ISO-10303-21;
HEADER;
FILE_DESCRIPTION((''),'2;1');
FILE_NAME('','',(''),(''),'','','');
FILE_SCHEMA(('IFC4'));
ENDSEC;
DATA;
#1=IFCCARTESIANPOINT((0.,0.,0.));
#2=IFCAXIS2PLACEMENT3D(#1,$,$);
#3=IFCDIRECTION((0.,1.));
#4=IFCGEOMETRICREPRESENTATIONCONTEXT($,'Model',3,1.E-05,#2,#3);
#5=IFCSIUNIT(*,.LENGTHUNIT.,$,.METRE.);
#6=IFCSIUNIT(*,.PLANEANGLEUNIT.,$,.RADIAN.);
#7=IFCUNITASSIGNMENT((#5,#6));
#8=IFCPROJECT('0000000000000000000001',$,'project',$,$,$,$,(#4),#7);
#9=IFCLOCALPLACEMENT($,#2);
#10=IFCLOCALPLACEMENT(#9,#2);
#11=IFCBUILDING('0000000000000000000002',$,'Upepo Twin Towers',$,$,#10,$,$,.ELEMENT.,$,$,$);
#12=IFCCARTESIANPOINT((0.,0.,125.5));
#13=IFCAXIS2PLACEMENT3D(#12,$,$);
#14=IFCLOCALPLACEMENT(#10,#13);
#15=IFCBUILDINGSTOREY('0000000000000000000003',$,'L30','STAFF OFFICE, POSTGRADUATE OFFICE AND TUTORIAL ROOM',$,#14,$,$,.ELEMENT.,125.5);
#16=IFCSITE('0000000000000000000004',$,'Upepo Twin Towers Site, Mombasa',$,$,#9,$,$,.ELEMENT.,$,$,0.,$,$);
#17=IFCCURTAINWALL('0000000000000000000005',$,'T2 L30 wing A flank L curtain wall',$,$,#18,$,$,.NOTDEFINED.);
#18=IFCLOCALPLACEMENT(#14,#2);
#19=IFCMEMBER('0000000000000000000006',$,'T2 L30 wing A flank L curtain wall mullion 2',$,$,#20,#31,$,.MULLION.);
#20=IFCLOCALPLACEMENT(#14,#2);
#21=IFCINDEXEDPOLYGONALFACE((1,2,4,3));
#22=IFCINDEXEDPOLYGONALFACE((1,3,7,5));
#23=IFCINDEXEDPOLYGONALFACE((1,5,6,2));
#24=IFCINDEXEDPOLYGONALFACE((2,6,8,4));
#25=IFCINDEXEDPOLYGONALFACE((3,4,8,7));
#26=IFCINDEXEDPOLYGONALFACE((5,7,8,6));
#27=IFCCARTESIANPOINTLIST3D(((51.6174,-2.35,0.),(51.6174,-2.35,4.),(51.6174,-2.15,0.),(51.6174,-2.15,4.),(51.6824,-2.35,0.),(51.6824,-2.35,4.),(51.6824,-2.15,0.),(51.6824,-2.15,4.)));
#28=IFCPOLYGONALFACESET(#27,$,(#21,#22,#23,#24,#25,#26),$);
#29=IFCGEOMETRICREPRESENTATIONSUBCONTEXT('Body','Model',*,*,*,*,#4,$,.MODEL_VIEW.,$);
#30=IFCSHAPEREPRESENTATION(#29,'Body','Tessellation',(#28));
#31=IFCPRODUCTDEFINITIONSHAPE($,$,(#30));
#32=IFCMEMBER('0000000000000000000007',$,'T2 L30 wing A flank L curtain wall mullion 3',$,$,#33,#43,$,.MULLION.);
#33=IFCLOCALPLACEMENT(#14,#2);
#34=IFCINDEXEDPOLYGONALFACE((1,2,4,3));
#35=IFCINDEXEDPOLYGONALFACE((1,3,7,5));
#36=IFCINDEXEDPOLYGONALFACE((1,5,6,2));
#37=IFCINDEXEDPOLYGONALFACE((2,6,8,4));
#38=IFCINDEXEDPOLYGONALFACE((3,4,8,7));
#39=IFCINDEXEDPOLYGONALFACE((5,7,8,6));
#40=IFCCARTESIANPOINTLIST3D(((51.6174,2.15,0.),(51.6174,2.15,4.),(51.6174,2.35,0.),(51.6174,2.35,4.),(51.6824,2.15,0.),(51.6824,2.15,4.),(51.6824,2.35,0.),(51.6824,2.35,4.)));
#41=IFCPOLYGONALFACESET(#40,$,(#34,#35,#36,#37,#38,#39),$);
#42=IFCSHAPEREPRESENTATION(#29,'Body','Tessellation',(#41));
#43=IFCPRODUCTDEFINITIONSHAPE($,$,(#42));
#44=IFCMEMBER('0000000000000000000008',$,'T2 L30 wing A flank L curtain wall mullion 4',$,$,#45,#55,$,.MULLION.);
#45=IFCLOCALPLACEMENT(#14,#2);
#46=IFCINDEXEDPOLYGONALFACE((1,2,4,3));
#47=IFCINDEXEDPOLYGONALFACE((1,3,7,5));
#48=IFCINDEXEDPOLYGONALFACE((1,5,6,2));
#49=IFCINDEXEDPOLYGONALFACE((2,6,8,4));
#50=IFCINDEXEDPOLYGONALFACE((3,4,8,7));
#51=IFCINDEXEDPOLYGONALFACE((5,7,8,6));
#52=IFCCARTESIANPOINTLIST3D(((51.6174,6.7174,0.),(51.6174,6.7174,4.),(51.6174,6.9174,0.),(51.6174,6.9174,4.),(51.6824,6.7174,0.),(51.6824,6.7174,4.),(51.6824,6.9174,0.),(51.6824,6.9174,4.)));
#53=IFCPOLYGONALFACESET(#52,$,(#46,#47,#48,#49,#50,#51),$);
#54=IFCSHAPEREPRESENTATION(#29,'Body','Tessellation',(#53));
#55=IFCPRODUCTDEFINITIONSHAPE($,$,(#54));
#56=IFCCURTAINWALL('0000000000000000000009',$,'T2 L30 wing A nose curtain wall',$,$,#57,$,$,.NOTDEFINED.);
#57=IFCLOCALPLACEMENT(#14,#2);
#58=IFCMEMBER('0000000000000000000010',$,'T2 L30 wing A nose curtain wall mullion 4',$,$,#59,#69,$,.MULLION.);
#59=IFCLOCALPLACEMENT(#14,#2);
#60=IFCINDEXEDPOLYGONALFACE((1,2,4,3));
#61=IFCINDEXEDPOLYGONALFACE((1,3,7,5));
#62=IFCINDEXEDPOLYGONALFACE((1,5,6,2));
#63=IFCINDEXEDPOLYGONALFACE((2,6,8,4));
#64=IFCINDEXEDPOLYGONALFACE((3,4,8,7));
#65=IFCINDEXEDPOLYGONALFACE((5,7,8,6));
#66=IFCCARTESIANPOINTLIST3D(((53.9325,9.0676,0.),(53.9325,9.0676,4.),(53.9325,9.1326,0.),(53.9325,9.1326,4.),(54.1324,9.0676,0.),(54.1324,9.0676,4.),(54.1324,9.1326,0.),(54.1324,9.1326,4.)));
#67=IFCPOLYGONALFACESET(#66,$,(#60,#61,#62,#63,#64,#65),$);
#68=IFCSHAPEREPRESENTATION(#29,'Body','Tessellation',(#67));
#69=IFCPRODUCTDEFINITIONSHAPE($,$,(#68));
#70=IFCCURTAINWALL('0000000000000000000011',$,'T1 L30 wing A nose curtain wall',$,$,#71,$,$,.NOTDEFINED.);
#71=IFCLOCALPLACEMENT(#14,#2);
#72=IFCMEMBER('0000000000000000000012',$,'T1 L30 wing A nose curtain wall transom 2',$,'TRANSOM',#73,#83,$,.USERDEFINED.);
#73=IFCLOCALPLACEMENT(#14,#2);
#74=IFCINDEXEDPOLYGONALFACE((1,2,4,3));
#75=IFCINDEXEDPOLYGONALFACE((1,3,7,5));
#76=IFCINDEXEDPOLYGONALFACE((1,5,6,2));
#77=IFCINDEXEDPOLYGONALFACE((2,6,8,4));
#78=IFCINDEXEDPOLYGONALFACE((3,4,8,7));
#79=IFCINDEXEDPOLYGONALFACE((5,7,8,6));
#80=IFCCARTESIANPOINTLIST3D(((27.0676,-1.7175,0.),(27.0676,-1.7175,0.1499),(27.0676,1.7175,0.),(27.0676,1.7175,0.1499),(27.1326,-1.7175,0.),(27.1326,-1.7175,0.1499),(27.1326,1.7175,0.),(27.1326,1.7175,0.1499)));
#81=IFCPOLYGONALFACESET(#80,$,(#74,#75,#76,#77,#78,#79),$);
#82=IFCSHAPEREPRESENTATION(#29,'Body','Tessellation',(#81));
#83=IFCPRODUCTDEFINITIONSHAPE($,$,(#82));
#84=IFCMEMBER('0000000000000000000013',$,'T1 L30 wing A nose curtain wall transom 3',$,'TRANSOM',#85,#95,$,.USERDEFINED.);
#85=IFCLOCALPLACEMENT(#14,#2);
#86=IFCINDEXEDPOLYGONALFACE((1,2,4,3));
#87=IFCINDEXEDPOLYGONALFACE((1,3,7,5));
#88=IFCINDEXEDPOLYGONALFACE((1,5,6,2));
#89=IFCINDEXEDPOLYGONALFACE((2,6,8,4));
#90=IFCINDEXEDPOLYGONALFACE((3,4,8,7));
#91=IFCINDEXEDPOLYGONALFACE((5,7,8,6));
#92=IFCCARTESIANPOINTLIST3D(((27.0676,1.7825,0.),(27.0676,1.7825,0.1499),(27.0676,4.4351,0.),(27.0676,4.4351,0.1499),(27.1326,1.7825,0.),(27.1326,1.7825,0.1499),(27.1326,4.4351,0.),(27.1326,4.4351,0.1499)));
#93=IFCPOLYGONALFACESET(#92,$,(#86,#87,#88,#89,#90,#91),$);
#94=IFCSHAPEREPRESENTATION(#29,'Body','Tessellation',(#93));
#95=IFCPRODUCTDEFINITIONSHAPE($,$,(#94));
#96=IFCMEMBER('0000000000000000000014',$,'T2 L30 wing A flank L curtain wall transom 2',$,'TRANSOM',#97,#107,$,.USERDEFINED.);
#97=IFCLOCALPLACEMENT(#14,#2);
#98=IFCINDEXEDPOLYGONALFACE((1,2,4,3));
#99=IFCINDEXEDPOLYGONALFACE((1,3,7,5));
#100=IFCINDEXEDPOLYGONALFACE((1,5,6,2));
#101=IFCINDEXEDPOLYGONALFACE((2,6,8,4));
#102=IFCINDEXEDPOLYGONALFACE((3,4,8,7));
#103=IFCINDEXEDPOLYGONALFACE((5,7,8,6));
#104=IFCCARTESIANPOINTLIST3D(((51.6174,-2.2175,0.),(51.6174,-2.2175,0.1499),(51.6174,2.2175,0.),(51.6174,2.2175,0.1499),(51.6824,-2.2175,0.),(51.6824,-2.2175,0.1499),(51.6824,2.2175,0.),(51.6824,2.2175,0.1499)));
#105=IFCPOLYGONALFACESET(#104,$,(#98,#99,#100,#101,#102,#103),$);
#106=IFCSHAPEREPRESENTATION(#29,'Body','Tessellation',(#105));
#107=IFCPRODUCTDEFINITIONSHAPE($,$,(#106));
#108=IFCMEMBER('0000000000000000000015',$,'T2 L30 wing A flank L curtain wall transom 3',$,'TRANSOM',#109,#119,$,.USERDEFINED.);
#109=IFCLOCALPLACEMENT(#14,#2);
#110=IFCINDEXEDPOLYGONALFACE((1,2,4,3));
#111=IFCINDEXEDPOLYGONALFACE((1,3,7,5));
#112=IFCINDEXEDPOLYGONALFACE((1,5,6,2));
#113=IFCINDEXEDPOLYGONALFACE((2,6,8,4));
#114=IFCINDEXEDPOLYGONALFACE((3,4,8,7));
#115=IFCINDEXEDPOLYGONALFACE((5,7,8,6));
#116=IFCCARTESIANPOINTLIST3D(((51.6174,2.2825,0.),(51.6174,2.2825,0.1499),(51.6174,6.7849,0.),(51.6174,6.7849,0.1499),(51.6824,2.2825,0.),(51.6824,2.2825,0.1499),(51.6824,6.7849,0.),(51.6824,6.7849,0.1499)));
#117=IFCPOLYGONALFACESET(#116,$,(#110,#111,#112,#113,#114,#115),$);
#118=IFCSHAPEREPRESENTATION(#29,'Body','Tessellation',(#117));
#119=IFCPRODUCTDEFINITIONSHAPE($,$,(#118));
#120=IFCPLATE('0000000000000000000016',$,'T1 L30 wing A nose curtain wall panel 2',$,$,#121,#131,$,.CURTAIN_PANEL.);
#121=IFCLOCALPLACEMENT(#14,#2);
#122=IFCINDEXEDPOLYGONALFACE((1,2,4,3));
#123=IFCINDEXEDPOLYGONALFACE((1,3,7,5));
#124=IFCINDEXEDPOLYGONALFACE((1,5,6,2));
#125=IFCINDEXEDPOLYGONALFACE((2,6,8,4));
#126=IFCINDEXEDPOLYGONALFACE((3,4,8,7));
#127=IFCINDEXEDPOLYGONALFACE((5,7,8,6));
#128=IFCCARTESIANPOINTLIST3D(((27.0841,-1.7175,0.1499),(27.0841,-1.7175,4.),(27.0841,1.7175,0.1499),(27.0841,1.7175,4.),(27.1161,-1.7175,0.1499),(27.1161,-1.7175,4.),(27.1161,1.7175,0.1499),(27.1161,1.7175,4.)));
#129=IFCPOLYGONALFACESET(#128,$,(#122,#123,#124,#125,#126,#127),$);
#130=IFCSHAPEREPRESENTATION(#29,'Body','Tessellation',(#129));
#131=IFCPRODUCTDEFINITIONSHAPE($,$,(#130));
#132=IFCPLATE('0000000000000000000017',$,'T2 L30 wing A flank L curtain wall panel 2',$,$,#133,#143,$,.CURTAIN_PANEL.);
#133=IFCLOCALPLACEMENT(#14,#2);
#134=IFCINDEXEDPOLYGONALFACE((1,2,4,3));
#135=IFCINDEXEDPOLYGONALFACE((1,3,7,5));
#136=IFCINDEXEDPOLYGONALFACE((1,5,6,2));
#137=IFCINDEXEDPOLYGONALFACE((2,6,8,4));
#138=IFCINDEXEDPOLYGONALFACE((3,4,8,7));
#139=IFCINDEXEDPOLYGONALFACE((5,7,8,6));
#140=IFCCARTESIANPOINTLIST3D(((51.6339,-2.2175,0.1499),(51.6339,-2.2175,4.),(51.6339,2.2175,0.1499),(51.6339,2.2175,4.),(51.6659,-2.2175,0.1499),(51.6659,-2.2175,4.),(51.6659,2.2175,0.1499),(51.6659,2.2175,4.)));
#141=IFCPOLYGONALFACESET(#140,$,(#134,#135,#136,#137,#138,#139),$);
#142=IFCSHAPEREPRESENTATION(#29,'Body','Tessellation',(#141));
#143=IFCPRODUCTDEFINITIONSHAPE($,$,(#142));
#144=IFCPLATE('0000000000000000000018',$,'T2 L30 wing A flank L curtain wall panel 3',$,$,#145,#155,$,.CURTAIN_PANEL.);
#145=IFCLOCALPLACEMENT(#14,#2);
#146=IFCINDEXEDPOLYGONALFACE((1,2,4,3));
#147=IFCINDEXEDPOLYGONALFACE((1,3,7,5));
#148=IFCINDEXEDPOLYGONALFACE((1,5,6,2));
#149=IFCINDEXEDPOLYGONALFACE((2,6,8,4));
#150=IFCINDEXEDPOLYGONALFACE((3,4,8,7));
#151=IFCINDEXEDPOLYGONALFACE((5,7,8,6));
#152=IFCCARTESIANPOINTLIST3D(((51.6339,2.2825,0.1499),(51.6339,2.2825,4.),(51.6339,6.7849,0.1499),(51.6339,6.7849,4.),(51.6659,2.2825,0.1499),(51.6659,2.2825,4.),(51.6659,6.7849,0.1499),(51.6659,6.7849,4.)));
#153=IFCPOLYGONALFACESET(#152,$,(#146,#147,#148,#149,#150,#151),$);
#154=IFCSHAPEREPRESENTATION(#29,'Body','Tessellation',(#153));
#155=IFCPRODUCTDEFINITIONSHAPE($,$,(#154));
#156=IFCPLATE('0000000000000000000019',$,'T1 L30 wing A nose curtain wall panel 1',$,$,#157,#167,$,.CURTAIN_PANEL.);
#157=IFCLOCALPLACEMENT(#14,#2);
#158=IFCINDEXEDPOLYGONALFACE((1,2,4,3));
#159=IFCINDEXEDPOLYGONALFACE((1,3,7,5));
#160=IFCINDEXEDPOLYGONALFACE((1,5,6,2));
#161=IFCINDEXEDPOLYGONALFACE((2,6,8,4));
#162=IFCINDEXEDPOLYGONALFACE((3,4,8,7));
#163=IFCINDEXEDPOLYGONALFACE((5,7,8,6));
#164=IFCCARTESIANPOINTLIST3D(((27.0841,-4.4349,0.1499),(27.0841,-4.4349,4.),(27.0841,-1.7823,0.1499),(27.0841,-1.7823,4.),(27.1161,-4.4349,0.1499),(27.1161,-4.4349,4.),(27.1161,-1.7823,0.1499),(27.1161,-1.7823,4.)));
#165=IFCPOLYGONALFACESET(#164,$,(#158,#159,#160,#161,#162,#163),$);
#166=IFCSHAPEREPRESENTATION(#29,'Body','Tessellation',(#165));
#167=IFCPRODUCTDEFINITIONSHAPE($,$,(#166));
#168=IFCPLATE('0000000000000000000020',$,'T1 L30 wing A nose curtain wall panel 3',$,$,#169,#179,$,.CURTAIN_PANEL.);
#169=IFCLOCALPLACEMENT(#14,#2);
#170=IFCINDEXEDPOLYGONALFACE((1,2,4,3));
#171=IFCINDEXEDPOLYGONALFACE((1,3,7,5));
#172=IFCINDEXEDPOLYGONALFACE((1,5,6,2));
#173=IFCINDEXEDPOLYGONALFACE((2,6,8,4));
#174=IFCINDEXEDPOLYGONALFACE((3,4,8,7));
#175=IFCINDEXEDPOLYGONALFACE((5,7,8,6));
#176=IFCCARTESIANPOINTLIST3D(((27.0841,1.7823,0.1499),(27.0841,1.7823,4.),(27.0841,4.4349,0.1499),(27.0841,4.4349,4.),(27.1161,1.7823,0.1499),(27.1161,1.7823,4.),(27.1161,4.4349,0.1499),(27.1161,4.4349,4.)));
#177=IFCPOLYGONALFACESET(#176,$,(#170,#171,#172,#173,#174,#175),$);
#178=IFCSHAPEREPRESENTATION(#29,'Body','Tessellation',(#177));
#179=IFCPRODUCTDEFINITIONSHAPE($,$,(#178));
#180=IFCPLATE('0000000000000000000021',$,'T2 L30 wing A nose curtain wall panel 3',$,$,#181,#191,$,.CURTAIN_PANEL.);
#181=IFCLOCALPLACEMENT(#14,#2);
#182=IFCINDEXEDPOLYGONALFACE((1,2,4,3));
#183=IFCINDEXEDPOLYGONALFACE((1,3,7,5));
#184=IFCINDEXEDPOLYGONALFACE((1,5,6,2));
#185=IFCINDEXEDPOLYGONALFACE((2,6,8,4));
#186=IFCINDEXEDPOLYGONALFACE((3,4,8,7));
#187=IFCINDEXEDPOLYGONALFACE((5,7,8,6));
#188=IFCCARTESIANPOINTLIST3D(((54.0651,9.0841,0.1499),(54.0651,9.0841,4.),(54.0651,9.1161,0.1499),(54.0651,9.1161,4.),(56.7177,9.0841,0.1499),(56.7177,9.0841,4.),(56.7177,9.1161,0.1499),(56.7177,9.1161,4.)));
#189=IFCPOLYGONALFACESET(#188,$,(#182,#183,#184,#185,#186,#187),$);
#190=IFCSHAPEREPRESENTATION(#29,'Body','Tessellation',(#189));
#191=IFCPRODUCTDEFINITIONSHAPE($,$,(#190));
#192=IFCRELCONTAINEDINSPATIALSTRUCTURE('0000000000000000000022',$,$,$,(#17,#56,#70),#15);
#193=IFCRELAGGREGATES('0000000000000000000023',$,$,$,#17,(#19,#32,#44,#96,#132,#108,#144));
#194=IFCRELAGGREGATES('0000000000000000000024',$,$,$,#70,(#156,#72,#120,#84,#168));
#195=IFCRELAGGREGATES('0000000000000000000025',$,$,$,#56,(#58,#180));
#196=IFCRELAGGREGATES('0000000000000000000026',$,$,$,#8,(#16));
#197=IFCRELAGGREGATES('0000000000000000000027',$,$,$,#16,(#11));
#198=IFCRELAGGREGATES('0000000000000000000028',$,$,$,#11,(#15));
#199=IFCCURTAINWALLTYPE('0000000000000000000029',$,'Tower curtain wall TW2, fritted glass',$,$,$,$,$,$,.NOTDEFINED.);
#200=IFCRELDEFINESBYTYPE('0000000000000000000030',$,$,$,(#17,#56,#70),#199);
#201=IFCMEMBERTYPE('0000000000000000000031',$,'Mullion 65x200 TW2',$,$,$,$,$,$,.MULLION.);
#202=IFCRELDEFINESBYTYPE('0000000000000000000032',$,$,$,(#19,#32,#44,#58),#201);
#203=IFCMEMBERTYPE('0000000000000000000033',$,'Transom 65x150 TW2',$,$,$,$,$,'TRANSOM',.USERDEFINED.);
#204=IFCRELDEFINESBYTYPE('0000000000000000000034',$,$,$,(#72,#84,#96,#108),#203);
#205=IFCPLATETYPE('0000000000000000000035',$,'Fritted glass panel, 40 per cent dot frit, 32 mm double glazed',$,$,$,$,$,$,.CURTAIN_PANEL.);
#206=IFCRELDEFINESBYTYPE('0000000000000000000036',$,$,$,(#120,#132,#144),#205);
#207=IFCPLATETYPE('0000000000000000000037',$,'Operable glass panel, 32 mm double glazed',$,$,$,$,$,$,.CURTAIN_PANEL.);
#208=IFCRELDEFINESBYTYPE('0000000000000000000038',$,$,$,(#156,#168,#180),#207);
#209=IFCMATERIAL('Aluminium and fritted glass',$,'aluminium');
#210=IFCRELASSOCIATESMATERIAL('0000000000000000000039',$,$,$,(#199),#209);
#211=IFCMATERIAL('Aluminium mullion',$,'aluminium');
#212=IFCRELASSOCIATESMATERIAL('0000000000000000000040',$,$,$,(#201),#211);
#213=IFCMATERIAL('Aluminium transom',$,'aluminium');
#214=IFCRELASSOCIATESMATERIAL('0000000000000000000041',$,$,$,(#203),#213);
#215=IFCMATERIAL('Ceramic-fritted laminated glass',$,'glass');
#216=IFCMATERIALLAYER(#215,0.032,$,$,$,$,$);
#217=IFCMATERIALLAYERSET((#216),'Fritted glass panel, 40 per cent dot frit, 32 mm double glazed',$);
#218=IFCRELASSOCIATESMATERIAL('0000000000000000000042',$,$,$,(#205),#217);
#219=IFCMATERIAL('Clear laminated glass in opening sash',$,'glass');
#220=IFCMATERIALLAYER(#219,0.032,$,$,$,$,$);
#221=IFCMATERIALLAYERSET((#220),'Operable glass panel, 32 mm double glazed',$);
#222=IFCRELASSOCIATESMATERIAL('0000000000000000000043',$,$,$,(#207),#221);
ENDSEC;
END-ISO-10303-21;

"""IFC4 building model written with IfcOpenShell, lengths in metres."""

from ifc_helpers import new_model, si_unit, direction, frame, origin, origin_2d, place, context, subcontext, project, spatial, rectangle, extrude, material, layer, layer_set, material_profile, profile_set, type_object, element, aggregate, save


model = new_model("IFC4")

# Units and contexts
model_context = context("Model", 3, precision=1e-05, world=origin(), true_north=direction((0.0, 1.0)))
body_context = subcontext(model_context, "Body", "Model", "MODEL_VIEW")
ifc_project = project(units=[si_unit("LENGTHUNIT", "METRE"), si_unit("PLANEANGLEUNIT", "RADIAN")], contexts=[model_context])

# Site, building, storey
site_placement = place(None, origin())
site = spatial("IfcSite", under=ifc_project, at=site_placement, Name="Upepo Twin Towers Site, Mombasa", CompositionType="ELEMENT", RefElevation=0.0)
building_placement = place(site_placement, origin())
building = spatial("IfcBuilding", under=site, at=building_placement, Name="Upepo Twin Towers", CompositionType="ELEMENT")
storey_placement = place(building_placement, frame((0.0, 0.0, 125.5)))
storey = spatial("IfcBuildingStorey", under=building, at=storey_placement, Name="L30", Description="STAFF OFFICE, POSTGRADUATE OFFICE AND TUTORIAL ROOM", CompositionType="ELEMENT", Elevation=125.5)

# Curtain wall, members
ifc_material_1 = material(Name="Aluminium and fritted glass", Category="aluminium")
curtain_wall_type = type_object("IfcCurtainWallType", Name="Tower curtain wall TW2, fritted glass", PredefinedType="NOTDEFINED", material=ifc_material_1)
curtain_wall_1_placement = place(storey_placement, origin())
curtain_wall_1 = element("IfcCurtainWall", 1, at=curtain_wall_1_placement, inside=storey, type_object=curtain_wall_type, Name="T2 L30 wing A flank L curtain wall", PredefinedType="NOTDEFINED")
ifc_material_2 = material(Name="Aluminium mullion", Category="aluminium")
ifc_material_profile_1 = material_profile(ifc_material_2, rectangle(XDim=0.0649, YDim=0.2, at=origin_2d()), Name="MULLION 65x200")
ifc_profile_set_1 = profile_set([ifc_material_profile_1], Name="Aluminium mullion")
member_type_1 = type_object("IfcMemberType", Name="Mullion 65x200 TW2", PredefinedType="MULLION", material=ifc_profile_set_1)
member_1_placement = place(storey_placement, frame((51.6499, -2.25, 0.0), z_axis=(0.0, 0.0, 1.0), x_axis=(-1.0, 0.0, 0.0)))
member_1 = element("IfcMember", 2, at=member_1_placement, type_object=member_type_1, Name="T2 L30 wing A flank L curtain wall mullion 2", PredefinedType="MULLION", context=body_context, shape_type="SweptSolid", body=[
    extrude(rectangle(XDim=0.0649, YDim=0.2, at=origin_2d()), origin(), (0.0, 0.0, 1.0), 4.0),
])
member_2_placement = place(storey_placement, frame((51.6499, 2.25, 0.0), z_axis=(0.0, 0.0, 1.0), x_axis=(-1.0, 0.0, 0.0)))
member_2 = element("IfcMember", 3, at=member_2_placement, type_object=member_type_1, Name="T2 L30 wing A flank L curtain wall mullion 3", PredefinedType="MULLION", context=body_context, shape_type="SweptSolid", body=[
    extrude(rectangle(XDim=0.0649, YDim=0.2, at=origin_2d()), origin(), (0.0, 0.0, 1.0), 4.0),
])
member_3_placement = place(storey_placement, frame((51.6499, 6.8174, 0.0), z_axis=(0.0, 0.0, 1.0), x_axis=(-1.0, 0.0, 0.0)))
member_3 = element("IfcMember", 4, at=member_3_placement, type_object=member_type_1, Name="T2 L30 wing A flank L curtain wall mullion 4", PredefinedType="MULLION", context=body_context, shape_type="SweptSolid", body=[
    extrude(rectangle(XDim=0.0649, YDim=0.2, at=origin_2d()), origin(), (0.0, 0.0, 1.0), 4.0),
])

# Curtain wall, member
curtain_wall_2_placement = place(storey_placement, origin())
curtain_wall_2 = element("IfcCurtainWall", 5, at=curtain_wall_2_placement, inside=storey, type_object=curtain_wall_type, Name="T2 L30 wing A nose curtain wall", PredefinedType="NOTDEFINED")
member_4_placement = place(storey_placement, frame((54.0325, 9.1001, 0.0), z_axis=(0.0, 0.0, 1.0), x_axis=(0.0, -1.0, 0.0)))
member_4 = element("IfcMember", 6, at=member_4_placement, type_object=member_type_1, Name="T2 L30 wing A nose curtain wall mullion 4", PredefinedType="MULLION", context=body_context, shape_type="SweptSolid", body=[
    extrude(rectangle(XDim=0.0649, YDim=0.2, at=origin_2d()), origin(), (0.0, 0.0, 1.0), 4.0),
])

# Curtain wall, members
curtain_wall_3_placement = place(storey_placement, origin())
curtain_wall_3 = element("IfcCurtainWall", 7, at=curtain_wall_3_placement, inside=storey, type_object=curtain_wall_type, Name="T1 L30 wing A nose curtain wall", PredefinedType="NOTDEFINED")
ifc_material_3 = material(Name="Aluminium transom", Category="aluminium")
ifc_material_profile_2 = material_profile(ifc_material_3, rectangle(XDim=0.0649, YDim=0.1499, at=origin_2d()), Name="TRANSOM 65x150")
ifc_profile_set_2 = profile_set([ifc_material_profile_2], Name="Aluminium transom")
member_type_2 = type_object("IfcMemberType", Name="Transom 65x150 TW2", ElementType="TRANSOM", PredefinedType="USERDEFINED", material=ifc_profile_set_2)
member_5_placement = place(storey_placement, frame((27.1001, -1.7175, 0.075), z_axis=(0.0, 1.0, 0.0), x_axis=(-1.0, 0.0, 0.0)))
member_5 = element("IfcMember", 8, at=member_5_placement, type_object=member_type_2, Name="T1 L30 wing A nose curtain wall transom 2", ObjectType="TRANSOM", PredefinedType="USERDEFINED", context=body_context, shape_type="SweptSolid", body=[
    extrude(rectangle(XDim=0.0649, YDim=0.1499, at=origin_2d()), origin(), (0.0, 0.0, 1.0), 3.4351),
])
member_6_placement = place(storey_placement, frame((27.1001, 1.7825, 0.075), z_axis=(0.0, 1.0, 0.0), x_axis=(-1.0, 0.0, 0.0)))
member_6 = element("IfcMember", 9, at=member_6_placement, type_object=member_type_2, Name="T1 L30 wing A nose curtain wall transom 3", ObjectType="TRANSOM", PredefinedType="USERDEFINED", context=body_context, shape_type="SweptSolid", body=[
    extrude(rectangle(XDim=0.0649, YDim=0.1499, at=origin_2d()), origin(), (0.0, 0.0, 1.0), 2.6526),
])

# Members
member_7_placement = place(storey_placement, frame((51.6499, -2.2175, 0.075), z_axis=(0.0, 1.0, 0.0), x_axis=(-1.0, 0.0, 0.0)))
member_7 = element("IfcMember", 10, at=member_7_placement, type_object=member_type_2, Name="T2 L30 wing A flank L curtain wall transom 2", ObjectType="TRANSOM", PredefinedType="USERDEFINED", context=body_context, shape_type="SweptSolid", body=[
    extrude(rectangle(XDim=0.0649, YDim=0.1499, at=origin_2d()), origin(), (0.0, 0.0, 1.0), 4.4351),
])
member_8_placement = place(storey_placement, frame((51.6499, 2.2825, 0.075), z_axis=(0.0, 1.0, 0.0), x_axis=(-1.0, 0.0, 0.0)))
member_8 = element("IfcMember", 11, at=member_8_placement, type_object=member_type_2, Name="T2 L30 wing A flank L curtain wall transom 3", ObjectType="TRANSOM", PredefinedType="USERDEFINED", context=body_context, shape_type="SweptSolid", body=[
    extrude(rectangle(XDim=0.0649, YDim=0.1499, at=origin_2d()), origin(), (0.0, 0.0, 1.0), 4.5024),
])

# Plates
ifc_material_4 = material(Name="Ceramic-fritted laminated glass", Category="glass")
ifc_layer_1 = layer(ifc_material_4, 0.032)
ifc_layer_set_1 = layer_set([ifc_layer_1], Name="Fritted glass panel, 40 per cent dot frit, 32 mm double glazed")
plate_type_1 = type_object("IfcPlateType", Name="Fritted glass panel, 40 per cent dot frit, 32 mm double glazed", PredefinedType="CURTAIN_PANEL", material=ifc_layer_set_1)
plate_1_placement = place(storey_placement, frame((27.1001, 0.0, 0.1499), z_axis=(0.0, 0.0, 1.0), x_axis=(0.0, 1.0, 0.0)))
plate_1 = element("IfcPlate", 12, at=plate_1_placement, type_object=plate_type_1, Name="T1 L30 wing A nose curtain wall panel 2", PredefinedType="CURTAIN_PANEL", context=body_context, shape_type="SweptSolid", body=[
    extrude(rectangle(XDim=3.4351, YDim=0.032, at=origin_2d()), origin(), (0.0, 0.0, 1.0), 3.8501),
])
plate_2_placement = place(storey_placement, frame((51.6499, 0.0, 0.1499), z_axis=(0.0, 0.0, 1.0), x_axis=(0.0, 1.0, 0.0)))
plate_2 = element("IfcPlate", 13, at=plate_2_placement, type_object=plate_type_1, Name="T2 L30 wing A flank L curtain wall panel 2", PredefinedType="CURTAIN_PANEL", context=body_context, shape_type="SweptSolid", body=[
    extrude(rectangle(XDim=4.4351, YDim=0.032, at=origin_2d()), origin(), (0.0, 0.0, 1.0), 3.8501),
])
plate_3_placement = place(storey_placement, frame((51.6499, 4.5337, 0.1499), z_axis=(0.0, 0.0, 1.0), x_axis=(0.0, 1.0, 0.0)))
plate_3 = element("IfcPlate", 14, at=plate_3_placement, type_object=plate_type_1, Name="T2 L30 wing A flank L curtain wall panel 3", PredefinedType="CURTAIN_PANEL", context=body_context, shape_type="SweptSolid", body=[
    extrude(rectangle(XDim=4.5024, YDim=0.032, at=origin_2d()), origin(), (0.0, 0.0, 1.0), 3.8501),
])
aggregate(curtain_wall_1, [member_1, member_2, member_3, member_7, plate_2, member_8, plate_3])
ifc_material_5 = material(Name="Clear laminated glass in opening sash", Category="glass")
ifc_layer_2 = layer(ifc_material_5, 0.032)
ifc_layer_set_2 = layer_set([ifc_layer_2], Name="Operable glass panel, 32 mm double glazed")
plate_type_2 = type_object("IfcPlateType", Name="Operable glass panel, 32 mm double glazed", PredefinedType="CURTAIN_PANEL", material=ifc_layer_set_2)
plate_4_placement = place(storey_placement, frame((27.1001, -3.1086, 0.1499), z_axis=(0.0, 0.0, 1.0), x_axis=(0.0, 1.0, 0.0)))
plate_4 = element("IfcPlate", 15, at=plate_4_placement, type_object=plate_type_2, Name="T1 L30 wing A nose curtain wall panel 1", PredefinedType="CURTAIN_PANEL", context=body_context, shape_type="SweptSolid", body=[
    extrude(rectangle(XDim=2.6526, YDim=0.032, at=origin_2d()), origin(), (0.0, 0.0, 1.0), 3.8501),
])
plate_5_placement = place(storey_placement, frame((27.1001, 3.1086, 0.1499), z_axis=(0.0, 0.0, 1.0), x_axis=(0.0, 1.0, 0.0)))
plate_5 = element("IfcPlate", 16, at=plate_5_placement, type_object=plate_type_2, Name="T1 L30 wing A nose curtain wall panel 3", PredefinedType="CURTAIN_PANEL", context=body_context, shape_type="SweptSolid", body=[
    extrude(rectangle(XDim=2.6526, YDim=0.032, at=origin_2d()), origin(), (0.0, 0.0, 1.0), 3.8501),
])
aggregate(curtain_wall_3, [plate_4, member_5, plate_1, member_6, plate_5])
plate_6_placement = place(storey_placement, frame((55.3914, 9.1001, 0.1499), z_axis=(0.0, 0.0, 1.0), x_axis=(-1.0, 0.0, 0.0)))
plate_6 = element("IfcPlate", 17, at=plate_6_placement, type_object=plate_type_2, Name="T2 L30 wing A nose curtain wall panel 3", PredefinedType="CURTAIN_PANEL", context=body_context, shape_type="SweptSolid", body=[
    extrude(rectangle(XDim=2.6526, YDim=0.032, at=origin_2d()), origin(), (0.0, 0.0, 1.0), 3.8501),
])
aggregate(curtain_wall_2, [member_4, plate_6])

save(model, "model.ifc")
